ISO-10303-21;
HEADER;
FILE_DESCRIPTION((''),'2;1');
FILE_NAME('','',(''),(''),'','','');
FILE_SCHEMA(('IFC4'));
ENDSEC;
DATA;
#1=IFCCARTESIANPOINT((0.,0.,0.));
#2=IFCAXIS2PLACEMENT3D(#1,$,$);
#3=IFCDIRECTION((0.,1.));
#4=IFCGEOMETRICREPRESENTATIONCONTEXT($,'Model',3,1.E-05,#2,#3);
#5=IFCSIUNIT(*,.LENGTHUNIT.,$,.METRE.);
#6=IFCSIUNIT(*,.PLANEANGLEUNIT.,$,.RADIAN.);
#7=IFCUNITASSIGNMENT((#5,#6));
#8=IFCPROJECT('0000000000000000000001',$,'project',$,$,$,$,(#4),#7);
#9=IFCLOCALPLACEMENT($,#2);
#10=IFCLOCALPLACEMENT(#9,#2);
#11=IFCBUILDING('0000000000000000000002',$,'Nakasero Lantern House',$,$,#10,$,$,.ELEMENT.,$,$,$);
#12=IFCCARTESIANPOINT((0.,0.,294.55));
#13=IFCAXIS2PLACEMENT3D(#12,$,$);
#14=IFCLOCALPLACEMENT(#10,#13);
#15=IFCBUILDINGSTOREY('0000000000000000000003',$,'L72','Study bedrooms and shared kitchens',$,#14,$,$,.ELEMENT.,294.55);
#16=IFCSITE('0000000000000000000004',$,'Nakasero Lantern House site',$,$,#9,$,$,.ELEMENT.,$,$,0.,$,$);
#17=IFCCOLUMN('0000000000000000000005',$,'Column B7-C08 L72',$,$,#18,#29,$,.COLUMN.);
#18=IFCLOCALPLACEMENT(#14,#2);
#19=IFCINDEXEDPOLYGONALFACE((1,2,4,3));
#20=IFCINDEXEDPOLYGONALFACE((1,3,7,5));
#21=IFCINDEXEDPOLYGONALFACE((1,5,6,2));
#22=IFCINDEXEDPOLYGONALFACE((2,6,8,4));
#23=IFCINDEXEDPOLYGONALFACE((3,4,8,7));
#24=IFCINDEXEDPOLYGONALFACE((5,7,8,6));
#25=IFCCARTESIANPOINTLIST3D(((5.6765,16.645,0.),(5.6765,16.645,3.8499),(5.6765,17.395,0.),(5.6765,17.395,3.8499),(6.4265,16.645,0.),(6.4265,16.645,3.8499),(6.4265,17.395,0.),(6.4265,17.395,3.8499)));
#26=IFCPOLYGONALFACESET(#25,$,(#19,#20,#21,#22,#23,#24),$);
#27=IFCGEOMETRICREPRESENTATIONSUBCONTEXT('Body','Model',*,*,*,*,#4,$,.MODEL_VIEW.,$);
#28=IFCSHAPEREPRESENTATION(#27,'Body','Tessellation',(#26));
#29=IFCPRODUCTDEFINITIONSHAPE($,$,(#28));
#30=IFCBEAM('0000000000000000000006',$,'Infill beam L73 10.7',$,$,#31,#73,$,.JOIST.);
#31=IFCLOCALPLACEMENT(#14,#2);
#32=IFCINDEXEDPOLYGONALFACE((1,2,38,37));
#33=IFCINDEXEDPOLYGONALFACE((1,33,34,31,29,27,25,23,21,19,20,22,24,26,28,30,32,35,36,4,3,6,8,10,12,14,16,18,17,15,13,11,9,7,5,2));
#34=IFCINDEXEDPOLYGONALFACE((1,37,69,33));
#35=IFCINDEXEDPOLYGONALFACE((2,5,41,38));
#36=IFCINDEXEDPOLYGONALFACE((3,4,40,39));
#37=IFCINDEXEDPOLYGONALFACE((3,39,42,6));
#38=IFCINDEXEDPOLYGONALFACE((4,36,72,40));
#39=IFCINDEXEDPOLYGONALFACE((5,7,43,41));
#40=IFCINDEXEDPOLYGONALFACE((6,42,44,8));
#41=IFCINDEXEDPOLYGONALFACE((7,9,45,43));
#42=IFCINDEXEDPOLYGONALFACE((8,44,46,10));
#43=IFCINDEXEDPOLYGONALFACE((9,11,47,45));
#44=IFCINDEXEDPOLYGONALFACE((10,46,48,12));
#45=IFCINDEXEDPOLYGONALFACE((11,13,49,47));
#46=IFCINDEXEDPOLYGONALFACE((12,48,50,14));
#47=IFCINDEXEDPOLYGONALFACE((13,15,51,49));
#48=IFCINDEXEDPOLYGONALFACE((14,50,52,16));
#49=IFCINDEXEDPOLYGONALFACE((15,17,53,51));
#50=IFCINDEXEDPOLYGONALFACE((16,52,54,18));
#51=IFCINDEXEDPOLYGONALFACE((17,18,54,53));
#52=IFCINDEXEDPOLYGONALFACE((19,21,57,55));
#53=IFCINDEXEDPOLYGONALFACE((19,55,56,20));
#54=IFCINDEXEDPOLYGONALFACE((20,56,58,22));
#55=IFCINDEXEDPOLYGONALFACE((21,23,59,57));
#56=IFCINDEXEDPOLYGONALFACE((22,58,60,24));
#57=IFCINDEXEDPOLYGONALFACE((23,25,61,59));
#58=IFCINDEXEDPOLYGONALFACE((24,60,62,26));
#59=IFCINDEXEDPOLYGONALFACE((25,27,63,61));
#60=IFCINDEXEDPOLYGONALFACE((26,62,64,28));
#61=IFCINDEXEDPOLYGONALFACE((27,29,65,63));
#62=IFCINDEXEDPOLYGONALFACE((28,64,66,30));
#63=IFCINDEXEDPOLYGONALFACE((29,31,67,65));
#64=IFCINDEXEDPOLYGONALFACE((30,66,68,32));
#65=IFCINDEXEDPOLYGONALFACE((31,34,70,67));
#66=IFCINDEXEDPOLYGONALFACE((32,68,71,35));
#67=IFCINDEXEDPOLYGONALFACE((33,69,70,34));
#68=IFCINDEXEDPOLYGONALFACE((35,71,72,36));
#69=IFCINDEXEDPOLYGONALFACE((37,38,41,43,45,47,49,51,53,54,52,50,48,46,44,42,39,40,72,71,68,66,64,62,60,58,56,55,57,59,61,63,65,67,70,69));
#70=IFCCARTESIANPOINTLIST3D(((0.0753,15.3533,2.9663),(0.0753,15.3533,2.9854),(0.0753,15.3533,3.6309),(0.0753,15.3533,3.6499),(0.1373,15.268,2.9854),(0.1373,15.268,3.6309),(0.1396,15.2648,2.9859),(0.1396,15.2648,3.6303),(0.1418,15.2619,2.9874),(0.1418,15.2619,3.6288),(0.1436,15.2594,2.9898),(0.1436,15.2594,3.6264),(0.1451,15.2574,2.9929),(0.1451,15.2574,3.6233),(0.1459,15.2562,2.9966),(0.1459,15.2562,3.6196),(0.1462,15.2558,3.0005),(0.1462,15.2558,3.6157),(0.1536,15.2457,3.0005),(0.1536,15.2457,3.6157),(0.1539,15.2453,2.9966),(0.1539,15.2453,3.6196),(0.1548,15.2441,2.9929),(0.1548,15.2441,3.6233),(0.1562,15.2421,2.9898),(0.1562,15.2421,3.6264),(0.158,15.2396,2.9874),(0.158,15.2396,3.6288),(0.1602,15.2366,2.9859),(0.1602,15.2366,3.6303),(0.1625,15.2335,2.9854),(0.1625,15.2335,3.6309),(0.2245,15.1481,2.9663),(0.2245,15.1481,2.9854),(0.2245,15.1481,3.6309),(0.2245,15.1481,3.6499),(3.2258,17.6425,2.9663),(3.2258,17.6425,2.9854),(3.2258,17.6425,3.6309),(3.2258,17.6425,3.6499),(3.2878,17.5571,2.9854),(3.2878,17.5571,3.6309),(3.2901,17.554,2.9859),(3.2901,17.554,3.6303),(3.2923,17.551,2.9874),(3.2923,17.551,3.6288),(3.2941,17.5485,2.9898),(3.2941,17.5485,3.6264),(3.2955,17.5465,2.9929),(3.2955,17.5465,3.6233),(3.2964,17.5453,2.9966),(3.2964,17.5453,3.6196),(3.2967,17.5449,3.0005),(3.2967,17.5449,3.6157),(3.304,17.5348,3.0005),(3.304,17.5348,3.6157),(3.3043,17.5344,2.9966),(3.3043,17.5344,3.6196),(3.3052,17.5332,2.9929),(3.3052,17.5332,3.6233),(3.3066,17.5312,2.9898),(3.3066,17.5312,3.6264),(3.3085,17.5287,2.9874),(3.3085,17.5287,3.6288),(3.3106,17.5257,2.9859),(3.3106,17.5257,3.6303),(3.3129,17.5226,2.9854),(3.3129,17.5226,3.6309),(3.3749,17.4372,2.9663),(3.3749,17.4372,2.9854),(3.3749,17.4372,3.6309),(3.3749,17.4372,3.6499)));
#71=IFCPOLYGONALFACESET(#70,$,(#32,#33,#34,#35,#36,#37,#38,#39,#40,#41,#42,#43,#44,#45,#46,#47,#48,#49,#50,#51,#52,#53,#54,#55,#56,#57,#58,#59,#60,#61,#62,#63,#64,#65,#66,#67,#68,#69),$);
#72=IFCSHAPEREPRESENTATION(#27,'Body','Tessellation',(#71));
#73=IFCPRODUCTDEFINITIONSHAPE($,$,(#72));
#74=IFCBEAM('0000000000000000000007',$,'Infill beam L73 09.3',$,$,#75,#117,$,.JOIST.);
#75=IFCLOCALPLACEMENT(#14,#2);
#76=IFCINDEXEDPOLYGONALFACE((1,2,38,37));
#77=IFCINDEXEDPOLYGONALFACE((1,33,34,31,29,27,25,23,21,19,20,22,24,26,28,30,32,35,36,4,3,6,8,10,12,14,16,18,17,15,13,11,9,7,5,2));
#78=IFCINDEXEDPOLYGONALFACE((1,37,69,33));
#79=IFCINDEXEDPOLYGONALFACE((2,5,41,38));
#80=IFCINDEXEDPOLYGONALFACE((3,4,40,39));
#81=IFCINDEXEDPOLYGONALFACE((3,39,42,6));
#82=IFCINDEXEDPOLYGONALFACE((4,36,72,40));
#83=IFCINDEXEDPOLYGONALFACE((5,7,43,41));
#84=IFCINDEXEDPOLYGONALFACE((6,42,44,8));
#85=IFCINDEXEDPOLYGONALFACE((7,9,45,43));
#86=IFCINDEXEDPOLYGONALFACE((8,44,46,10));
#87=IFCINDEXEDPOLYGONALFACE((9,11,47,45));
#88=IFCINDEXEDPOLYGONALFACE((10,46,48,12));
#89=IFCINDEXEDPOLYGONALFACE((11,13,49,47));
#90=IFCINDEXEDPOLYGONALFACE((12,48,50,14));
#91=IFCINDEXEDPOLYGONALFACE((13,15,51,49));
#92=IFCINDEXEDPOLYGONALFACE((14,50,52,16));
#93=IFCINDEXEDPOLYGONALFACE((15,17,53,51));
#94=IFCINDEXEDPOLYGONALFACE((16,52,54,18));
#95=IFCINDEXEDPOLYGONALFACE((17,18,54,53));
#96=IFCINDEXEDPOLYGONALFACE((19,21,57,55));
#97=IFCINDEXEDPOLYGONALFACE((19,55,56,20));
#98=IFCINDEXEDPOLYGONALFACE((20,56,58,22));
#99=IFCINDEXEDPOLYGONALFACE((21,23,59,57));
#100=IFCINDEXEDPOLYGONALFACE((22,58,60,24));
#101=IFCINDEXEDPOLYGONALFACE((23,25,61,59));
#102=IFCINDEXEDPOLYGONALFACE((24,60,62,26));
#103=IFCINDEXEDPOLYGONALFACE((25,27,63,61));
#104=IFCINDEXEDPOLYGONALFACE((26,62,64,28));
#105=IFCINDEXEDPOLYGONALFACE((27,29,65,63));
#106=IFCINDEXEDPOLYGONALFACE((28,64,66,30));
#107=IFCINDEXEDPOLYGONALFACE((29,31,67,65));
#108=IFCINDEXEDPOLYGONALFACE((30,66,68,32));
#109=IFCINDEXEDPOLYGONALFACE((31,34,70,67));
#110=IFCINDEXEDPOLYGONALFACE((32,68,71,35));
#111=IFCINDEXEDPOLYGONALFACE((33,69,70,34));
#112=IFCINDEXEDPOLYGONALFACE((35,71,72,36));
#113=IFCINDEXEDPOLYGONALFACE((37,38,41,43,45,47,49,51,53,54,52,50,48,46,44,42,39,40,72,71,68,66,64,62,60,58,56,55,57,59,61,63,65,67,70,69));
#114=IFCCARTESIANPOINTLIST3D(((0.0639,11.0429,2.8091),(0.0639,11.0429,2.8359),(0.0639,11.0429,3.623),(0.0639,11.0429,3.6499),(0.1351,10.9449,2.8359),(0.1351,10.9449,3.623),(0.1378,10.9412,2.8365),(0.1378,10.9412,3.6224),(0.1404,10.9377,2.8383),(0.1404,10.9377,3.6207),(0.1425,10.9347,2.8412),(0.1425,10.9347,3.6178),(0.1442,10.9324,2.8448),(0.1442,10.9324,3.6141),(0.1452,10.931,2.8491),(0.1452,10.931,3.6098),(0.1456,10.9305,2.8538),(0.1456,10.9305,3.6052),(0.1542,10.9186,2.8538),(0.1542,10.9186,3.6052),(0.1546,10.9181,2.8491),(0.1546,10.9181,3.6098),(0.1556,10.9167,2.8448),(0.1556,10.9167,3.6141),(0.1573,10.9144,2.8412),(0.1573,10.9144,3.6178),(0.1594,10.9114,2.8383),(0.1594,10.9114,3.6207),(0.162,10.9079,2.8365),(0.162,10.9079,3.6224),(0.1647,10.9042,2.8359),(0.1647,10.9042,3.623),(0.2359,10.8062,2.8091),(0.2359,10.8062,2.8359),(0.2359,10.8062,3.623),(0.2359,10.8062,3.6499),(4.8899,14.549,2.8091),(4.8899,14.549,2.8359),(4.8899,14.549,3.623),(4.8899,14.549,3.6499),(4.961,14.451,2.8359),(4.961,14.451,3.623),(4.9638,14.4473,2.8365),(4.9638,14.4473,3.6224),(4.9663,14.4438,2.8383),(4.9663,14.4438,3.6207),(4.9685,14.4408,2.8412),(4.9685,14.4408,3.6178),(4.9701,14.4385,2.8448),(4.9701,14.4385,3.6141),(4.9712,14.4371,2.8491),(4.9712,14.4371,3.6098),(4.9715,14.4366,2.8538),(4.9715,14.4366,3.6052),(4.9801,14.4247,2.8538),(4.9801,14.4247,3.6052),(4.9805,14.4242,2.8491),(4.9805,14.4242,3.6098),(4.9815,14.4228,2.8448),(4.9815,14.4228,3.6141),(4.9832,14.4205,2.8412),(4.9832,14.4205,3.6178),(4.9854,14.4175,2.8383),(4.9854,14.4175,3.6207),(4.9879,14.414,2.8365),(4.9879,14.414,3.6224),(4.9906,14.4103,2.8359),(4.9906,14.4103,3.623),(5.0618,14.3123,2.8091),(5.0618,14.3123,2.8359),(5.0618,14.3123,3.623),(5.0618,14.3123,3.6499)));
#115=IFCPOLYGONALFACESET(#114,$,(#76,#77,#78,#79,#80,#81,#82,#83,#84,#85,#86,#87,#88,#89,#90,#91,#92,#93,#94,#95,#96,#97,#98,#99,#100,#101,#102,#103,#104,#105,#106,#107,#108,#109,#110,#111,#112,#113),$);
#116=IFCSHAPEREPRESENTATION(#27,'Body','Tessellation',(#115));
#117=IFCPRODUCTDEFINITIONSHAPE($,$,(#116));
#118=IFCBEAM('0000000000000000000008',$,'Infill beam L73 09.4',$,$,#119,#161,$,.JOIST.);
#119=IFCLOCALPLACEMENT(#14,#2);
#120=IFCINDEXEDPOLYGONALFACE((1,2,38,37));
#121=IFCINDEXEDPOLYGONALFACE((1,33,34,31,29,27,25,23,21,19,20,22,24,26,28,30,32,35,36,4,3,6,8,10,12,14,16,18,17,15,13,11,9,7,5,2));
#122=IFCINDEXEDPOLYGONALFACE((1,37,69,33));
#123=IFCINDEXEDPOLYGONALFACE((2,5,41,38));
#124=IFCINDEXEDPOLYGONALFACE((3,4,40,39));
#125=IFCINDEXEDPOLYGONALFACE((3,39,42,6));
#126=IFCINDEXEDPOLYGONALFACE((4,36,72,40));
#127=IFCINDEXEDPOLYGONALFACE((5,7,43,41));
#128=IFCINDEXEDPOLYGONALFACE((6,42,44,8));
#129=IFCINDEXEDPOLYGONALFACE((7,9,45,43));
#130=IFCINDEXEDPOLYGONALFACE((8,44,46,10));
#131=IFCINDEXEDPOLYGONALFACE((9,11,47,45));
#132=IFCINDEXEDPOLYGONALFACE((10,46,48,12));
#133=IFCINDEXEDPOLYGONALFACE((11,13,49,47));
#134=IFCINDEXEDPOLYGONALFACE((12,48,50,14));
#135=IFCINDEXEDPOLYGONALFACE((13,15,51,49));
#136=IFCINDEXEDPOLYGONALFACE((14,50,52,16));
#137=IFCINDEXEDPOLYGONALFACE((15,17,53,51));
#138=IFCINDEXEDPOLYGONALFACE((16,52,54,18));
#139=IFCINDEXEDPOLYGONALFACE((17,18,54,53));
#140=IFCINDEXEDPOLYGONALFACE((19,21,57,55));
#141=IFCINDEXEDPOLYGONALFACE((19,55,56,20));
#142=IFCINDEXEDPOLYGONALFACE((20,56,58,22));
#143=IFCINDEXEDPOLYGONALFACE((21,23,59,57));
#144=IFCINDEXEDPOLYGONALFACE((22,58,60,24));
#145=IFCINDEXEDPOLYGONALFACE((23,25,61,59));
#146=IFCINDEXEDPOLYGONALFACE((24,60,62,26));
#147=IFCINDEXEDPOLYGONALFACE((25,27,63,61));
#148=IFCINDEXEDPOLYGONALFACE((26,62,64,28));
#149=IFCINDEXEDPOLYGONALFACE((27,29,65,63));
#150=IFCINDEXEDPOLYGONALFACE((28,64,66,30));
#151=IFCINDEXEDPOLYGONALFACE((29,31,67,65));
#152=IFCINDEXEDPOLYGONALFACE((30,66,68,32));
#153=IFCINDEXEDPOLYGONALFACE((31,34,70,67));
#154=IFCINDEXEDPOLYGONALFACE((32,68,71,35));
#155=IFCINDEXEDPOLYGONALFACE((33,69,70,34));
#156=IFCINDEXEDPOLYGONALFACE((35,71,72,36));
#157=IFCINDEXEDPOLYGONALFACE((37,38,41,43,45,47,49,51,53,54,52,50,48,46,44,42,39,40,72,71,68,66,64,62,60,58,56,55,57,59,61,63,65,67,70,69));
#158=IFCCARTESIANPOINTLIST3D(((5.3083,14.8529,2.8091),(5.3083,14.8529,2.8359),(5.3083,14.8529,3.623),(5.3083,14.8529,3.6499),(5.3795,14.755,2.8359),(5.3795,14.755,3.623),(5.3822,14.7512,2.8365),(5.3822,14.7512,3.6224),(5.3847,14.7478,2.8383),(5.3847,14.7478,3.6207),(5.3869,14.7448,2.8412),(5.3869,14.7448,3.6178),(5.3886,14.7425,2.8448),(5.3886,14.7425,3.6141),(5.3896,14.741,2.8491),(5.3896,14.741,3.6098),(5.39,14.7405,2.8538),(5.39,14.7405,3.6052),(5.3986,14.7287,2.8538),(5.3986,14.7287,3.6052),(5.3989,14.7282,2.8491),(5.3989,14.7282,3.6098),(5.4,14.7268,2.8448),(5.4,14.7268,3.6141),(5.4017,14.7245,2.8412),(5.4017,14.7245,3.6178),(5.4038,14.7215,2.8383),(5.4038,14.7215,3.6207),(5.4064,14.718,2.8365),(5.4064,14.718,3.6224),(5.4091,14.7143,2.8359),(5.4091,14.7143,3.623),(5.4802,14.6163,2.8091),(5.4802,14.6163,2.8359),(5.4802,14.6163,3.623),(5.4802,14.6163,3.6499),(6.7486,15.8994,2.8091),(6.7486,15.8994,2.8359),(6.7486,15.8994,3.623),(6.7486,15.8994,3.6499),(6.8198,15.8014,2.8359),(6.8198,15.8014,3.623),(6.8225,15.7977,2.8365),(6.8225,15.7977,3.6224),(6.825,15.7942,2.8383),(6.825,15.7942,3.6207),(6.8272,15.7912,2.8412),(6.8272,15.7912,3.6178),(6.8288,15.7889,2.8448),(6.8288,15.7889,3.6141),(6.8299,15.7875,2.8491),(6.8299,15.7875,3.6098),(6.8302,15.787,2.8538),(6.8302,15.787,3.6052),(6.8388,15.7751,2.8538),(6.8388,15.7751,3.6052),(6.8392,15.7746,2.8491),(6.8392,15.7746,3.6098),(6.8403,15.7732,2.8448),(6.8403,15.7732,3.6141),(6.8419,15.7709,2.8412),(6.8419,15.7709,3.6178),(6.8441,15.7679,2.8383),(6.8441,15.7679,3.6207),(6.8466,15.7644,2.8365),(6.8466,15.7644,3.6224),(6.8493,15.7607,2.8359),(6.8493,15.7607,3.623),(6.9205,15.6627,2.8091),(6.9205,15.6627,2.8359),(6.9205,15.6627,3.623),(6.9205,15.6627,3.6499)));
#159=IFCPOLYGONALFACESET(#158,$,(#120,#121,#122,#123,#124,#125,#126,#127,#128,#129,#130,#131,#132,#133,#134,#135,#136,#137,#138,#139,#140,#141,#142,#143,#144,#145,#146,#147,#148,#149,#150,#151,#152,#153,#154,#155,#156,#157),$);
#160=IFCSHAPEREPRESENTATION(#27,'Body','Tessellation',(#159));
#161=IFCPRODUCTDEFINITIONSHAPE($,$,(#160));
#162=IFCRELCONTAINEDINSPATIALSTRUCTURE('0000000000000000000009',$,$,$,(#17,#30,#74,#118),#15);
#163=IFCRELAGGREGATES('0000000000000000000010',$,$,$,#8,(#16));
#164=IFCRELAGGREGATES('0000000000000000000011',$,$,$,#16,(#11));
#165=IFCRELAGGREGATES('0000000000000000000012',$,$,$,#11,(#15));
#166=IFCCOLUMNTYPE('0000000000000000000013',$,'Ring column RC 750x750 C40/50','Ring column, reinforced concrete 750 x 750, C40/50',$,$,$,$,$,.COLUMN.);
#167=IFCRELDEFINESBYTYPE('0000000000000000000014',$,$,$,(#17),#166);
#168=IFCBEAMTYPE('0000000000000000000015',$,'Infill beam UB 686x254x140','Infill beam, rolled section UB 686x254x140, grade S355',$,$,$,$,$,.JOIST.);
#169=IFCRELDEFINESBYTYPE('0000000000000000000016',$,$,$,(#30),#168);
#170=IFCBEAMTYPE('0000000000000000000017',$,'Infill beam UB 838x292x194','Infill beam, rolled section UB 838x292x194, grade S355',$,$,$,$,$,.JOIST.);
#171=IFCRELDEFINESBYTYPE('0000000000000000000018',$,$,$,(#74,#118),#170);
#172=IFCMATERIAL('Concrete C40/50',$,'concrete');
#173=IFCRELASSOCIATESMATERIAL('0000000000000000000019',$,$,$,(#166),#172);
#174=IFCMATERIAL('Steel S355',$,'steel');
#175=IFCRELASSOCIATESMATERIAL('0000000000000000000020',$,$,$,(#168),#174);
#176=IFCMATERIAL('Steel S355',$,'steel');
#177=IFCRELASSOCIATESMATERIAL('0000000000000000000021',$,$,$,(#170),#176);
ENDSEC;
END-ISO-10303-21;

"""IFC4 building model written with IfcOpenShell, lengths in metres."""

from ifc_helpers import new_model, si_unit, direction, frame, origin, origin_2d, place, context, subcontext, project, spatial, rectangle, i_section, extrude, material, material_profile, profile_set, type_object, element, save


model = new_model("IFC4")

# Units and contexts
model_context = context("Model", 3, precision=1e-05, world=origin(), true_north=direction((0.0, 1.0)))
body_context = subcontext(model_context, "Body", "Model", "MODEL_VIEW")
ifc_project = project(units=[si_unit("LENGTHUNIT", "METRE"), si_unit("PLANEANGLEUNIT", "RADIAN")], contexts=[model_context])

# Site, building, storey
site_placement = place(None, origin())
site = spatial("IfcSite", under=ifc_project, at=site_placement, Name="Nakasero Lantern House site", CompositionType="ELEMENT", RefElevation=0.0)
building_placement = place(site_placement, origin())
building = spatial("IfcBuilding", under=site, at=building_placement, Name="Nakasero Lantern House", CompositionType="ELEMENT")
storey_placement = place(building_placement, frame((0.0, 0.0, 294.55)))
storey = spatial("IfcBuildingStorey", under=building, at=storey_placement, Name="L72", Description="Study bedrooms and shared kitchens", CompositionType="ELEMENT", Elevation=294.55)

# Column
ifc_material_1 = material(Name="Concrete C40/50", Category="concrete")
ifc_material_profile_1 = material_profile(ifc_material_1, rectangle(XDim=0.75, YDim=0.75, at=origin_2d()), Name="RC 750x750")
ifc_profile_set_1 = profile_set([ifc_material_profile_1], Name="Concrete C40/50")
column_type = type_object("IfcColumnType", Name="Ring column RC 750x750 C40/50", Description="Ring column, reinforced concrete 750 x 750, C40/50", PredefinedType="COLUMN", material=ifc_profile_set_1)
column_placement = place(storey_placement, frame((6.0515, 17.02, 0.0), z_axis=(0.0, 0.0, 1.0), x_axis=(1.0, 0.0, 0.0)))
element("IfcColumn", 1, at=column_placement, inside=storey, type_object=column_type, Name="Column B7-C08 L72", PredefinedType="COLUMN", context=body_context, shape_type="SweptSolid", body=[
    extrude(rectangle(XDim=0.75, YDim=0.75, at=origin_2d()), origin(), (0.0, 0.0, 1.0), 3.8499),
])

# Beams
ifc_material_2 = material(Name="Steel S355", Category="steel")
ifc_material_profile_2 = material_profile(ifc_material_2, i_section(OverallWidth=0.2537, OverallDepth=0.6836, WebThickness=0.0125, FlangeThickness=0.019, FilletRadius=0.0151, at=origin_2d()), Name="UB 686x254x140")
ifc_profile_set_2 = profile_set([ifc_material_profile_2], Name="Steel S355")
beam_type_1 = type_object("IfcBeamType", Name="Infill beam UB 686x254x140", Description="Infill beam, rolled section UB 686x254x140, grade S355", PredefinedType="JOIST", material=ifc_profile_set_2)
beam_1_placement = place(storey_placement, frame((0.1499, 15.2507, 3.3081), z_axis=(0.808996, 0.587814, 0.0), x_axis=(-0.587814, 0.808996, 0.0)))
element("IfcBeam", 2, at=beam_1_placement, inside=storey, type_object=beam_type_1, Name="Infill beam L73 10.7", PredefinedType="JOIST", context=body_context, shape_type="SweptSolid", body=[
    extrude(i_section(OverallWidth=0.2537, OverallDepth=0.6836, WebThickness=0.0125, FlangeThickness=0.019, FilletRadius=0.0151, at=origin_2d()), origin(), (0.0, 0.0, 1.0), 3.8943),
])
ifc_material_3 = material(Name="Steel S355", Category="steel")
ifc_material_profile_3 = material_profile(ifc_material_3, i_section(OverallWidth=0.2925, OverallDepth=0.8408, WebThickness=0.0146, FlangeThickness=0.0269, FilletRadius=0.0178, at=origin_2d()), Name="UB 838x292x194")
ifc_profile_set_3 = profile_set([ifc_material_profile_3], Name="Steel S355")
beam_type_2 = type_object("IfcBeamType", Name="Infill beam UB 838x292x194", Description="Infill beam, rolled section UB 838x292x194, grade S355", PredefinedType="JOIST", material=ifc_profile_set_3)
beam_2_placement = place(storey_placement, frame((0.1499, 10.9246, 3.2295), z_axis=(0.809028, 0.58777, 0.0), x_axis=(-0.58777, 0.809028, 0.0)))
element("IfcBeam", 3, at=beam_2_placement, inside=storey, type_object=beam_type_2, Name="Infill beam L73 09.3", PredefinedType="JOIST", context=body_context, shape_type="SweptSolid", body=[
    extrude(i_section(OverallWidth=0.2925, OverallDepth=0.8408, WebThickness=0.0146, FlangeThickness=0.0269, FilletRadius=0.0178, at=origin_2d()), origin(), (0.0, 0.0, 1.0), 5.9651),
])
beam_3_placement = place(storey_placement, frame((5.3943, 14.7346, 3.2295), z_axis=(0.809009, 0.587797, 0.0), x_axis=(-0.587797, 0.809009, 0.0)))
element("IfcBeam", 4, at=beam_3_placement, inside=storey, type_object=beam_type_2, Name="Infill beam L73 09.4", PredefinedType="JOIST", context=body_context, shape_type="SweptSolid", body=[
    extrude(i_section(OverallWidth=0.2925, OverallDepth=0.8408, WebThickness=0.0146, FlangeThickness=0.0269, FilletRadius=0.0178, at=origin_2d()), origin(), (0.0, 0.0, 1.0), 1.7803),
])

save(model, "model.ifc")
